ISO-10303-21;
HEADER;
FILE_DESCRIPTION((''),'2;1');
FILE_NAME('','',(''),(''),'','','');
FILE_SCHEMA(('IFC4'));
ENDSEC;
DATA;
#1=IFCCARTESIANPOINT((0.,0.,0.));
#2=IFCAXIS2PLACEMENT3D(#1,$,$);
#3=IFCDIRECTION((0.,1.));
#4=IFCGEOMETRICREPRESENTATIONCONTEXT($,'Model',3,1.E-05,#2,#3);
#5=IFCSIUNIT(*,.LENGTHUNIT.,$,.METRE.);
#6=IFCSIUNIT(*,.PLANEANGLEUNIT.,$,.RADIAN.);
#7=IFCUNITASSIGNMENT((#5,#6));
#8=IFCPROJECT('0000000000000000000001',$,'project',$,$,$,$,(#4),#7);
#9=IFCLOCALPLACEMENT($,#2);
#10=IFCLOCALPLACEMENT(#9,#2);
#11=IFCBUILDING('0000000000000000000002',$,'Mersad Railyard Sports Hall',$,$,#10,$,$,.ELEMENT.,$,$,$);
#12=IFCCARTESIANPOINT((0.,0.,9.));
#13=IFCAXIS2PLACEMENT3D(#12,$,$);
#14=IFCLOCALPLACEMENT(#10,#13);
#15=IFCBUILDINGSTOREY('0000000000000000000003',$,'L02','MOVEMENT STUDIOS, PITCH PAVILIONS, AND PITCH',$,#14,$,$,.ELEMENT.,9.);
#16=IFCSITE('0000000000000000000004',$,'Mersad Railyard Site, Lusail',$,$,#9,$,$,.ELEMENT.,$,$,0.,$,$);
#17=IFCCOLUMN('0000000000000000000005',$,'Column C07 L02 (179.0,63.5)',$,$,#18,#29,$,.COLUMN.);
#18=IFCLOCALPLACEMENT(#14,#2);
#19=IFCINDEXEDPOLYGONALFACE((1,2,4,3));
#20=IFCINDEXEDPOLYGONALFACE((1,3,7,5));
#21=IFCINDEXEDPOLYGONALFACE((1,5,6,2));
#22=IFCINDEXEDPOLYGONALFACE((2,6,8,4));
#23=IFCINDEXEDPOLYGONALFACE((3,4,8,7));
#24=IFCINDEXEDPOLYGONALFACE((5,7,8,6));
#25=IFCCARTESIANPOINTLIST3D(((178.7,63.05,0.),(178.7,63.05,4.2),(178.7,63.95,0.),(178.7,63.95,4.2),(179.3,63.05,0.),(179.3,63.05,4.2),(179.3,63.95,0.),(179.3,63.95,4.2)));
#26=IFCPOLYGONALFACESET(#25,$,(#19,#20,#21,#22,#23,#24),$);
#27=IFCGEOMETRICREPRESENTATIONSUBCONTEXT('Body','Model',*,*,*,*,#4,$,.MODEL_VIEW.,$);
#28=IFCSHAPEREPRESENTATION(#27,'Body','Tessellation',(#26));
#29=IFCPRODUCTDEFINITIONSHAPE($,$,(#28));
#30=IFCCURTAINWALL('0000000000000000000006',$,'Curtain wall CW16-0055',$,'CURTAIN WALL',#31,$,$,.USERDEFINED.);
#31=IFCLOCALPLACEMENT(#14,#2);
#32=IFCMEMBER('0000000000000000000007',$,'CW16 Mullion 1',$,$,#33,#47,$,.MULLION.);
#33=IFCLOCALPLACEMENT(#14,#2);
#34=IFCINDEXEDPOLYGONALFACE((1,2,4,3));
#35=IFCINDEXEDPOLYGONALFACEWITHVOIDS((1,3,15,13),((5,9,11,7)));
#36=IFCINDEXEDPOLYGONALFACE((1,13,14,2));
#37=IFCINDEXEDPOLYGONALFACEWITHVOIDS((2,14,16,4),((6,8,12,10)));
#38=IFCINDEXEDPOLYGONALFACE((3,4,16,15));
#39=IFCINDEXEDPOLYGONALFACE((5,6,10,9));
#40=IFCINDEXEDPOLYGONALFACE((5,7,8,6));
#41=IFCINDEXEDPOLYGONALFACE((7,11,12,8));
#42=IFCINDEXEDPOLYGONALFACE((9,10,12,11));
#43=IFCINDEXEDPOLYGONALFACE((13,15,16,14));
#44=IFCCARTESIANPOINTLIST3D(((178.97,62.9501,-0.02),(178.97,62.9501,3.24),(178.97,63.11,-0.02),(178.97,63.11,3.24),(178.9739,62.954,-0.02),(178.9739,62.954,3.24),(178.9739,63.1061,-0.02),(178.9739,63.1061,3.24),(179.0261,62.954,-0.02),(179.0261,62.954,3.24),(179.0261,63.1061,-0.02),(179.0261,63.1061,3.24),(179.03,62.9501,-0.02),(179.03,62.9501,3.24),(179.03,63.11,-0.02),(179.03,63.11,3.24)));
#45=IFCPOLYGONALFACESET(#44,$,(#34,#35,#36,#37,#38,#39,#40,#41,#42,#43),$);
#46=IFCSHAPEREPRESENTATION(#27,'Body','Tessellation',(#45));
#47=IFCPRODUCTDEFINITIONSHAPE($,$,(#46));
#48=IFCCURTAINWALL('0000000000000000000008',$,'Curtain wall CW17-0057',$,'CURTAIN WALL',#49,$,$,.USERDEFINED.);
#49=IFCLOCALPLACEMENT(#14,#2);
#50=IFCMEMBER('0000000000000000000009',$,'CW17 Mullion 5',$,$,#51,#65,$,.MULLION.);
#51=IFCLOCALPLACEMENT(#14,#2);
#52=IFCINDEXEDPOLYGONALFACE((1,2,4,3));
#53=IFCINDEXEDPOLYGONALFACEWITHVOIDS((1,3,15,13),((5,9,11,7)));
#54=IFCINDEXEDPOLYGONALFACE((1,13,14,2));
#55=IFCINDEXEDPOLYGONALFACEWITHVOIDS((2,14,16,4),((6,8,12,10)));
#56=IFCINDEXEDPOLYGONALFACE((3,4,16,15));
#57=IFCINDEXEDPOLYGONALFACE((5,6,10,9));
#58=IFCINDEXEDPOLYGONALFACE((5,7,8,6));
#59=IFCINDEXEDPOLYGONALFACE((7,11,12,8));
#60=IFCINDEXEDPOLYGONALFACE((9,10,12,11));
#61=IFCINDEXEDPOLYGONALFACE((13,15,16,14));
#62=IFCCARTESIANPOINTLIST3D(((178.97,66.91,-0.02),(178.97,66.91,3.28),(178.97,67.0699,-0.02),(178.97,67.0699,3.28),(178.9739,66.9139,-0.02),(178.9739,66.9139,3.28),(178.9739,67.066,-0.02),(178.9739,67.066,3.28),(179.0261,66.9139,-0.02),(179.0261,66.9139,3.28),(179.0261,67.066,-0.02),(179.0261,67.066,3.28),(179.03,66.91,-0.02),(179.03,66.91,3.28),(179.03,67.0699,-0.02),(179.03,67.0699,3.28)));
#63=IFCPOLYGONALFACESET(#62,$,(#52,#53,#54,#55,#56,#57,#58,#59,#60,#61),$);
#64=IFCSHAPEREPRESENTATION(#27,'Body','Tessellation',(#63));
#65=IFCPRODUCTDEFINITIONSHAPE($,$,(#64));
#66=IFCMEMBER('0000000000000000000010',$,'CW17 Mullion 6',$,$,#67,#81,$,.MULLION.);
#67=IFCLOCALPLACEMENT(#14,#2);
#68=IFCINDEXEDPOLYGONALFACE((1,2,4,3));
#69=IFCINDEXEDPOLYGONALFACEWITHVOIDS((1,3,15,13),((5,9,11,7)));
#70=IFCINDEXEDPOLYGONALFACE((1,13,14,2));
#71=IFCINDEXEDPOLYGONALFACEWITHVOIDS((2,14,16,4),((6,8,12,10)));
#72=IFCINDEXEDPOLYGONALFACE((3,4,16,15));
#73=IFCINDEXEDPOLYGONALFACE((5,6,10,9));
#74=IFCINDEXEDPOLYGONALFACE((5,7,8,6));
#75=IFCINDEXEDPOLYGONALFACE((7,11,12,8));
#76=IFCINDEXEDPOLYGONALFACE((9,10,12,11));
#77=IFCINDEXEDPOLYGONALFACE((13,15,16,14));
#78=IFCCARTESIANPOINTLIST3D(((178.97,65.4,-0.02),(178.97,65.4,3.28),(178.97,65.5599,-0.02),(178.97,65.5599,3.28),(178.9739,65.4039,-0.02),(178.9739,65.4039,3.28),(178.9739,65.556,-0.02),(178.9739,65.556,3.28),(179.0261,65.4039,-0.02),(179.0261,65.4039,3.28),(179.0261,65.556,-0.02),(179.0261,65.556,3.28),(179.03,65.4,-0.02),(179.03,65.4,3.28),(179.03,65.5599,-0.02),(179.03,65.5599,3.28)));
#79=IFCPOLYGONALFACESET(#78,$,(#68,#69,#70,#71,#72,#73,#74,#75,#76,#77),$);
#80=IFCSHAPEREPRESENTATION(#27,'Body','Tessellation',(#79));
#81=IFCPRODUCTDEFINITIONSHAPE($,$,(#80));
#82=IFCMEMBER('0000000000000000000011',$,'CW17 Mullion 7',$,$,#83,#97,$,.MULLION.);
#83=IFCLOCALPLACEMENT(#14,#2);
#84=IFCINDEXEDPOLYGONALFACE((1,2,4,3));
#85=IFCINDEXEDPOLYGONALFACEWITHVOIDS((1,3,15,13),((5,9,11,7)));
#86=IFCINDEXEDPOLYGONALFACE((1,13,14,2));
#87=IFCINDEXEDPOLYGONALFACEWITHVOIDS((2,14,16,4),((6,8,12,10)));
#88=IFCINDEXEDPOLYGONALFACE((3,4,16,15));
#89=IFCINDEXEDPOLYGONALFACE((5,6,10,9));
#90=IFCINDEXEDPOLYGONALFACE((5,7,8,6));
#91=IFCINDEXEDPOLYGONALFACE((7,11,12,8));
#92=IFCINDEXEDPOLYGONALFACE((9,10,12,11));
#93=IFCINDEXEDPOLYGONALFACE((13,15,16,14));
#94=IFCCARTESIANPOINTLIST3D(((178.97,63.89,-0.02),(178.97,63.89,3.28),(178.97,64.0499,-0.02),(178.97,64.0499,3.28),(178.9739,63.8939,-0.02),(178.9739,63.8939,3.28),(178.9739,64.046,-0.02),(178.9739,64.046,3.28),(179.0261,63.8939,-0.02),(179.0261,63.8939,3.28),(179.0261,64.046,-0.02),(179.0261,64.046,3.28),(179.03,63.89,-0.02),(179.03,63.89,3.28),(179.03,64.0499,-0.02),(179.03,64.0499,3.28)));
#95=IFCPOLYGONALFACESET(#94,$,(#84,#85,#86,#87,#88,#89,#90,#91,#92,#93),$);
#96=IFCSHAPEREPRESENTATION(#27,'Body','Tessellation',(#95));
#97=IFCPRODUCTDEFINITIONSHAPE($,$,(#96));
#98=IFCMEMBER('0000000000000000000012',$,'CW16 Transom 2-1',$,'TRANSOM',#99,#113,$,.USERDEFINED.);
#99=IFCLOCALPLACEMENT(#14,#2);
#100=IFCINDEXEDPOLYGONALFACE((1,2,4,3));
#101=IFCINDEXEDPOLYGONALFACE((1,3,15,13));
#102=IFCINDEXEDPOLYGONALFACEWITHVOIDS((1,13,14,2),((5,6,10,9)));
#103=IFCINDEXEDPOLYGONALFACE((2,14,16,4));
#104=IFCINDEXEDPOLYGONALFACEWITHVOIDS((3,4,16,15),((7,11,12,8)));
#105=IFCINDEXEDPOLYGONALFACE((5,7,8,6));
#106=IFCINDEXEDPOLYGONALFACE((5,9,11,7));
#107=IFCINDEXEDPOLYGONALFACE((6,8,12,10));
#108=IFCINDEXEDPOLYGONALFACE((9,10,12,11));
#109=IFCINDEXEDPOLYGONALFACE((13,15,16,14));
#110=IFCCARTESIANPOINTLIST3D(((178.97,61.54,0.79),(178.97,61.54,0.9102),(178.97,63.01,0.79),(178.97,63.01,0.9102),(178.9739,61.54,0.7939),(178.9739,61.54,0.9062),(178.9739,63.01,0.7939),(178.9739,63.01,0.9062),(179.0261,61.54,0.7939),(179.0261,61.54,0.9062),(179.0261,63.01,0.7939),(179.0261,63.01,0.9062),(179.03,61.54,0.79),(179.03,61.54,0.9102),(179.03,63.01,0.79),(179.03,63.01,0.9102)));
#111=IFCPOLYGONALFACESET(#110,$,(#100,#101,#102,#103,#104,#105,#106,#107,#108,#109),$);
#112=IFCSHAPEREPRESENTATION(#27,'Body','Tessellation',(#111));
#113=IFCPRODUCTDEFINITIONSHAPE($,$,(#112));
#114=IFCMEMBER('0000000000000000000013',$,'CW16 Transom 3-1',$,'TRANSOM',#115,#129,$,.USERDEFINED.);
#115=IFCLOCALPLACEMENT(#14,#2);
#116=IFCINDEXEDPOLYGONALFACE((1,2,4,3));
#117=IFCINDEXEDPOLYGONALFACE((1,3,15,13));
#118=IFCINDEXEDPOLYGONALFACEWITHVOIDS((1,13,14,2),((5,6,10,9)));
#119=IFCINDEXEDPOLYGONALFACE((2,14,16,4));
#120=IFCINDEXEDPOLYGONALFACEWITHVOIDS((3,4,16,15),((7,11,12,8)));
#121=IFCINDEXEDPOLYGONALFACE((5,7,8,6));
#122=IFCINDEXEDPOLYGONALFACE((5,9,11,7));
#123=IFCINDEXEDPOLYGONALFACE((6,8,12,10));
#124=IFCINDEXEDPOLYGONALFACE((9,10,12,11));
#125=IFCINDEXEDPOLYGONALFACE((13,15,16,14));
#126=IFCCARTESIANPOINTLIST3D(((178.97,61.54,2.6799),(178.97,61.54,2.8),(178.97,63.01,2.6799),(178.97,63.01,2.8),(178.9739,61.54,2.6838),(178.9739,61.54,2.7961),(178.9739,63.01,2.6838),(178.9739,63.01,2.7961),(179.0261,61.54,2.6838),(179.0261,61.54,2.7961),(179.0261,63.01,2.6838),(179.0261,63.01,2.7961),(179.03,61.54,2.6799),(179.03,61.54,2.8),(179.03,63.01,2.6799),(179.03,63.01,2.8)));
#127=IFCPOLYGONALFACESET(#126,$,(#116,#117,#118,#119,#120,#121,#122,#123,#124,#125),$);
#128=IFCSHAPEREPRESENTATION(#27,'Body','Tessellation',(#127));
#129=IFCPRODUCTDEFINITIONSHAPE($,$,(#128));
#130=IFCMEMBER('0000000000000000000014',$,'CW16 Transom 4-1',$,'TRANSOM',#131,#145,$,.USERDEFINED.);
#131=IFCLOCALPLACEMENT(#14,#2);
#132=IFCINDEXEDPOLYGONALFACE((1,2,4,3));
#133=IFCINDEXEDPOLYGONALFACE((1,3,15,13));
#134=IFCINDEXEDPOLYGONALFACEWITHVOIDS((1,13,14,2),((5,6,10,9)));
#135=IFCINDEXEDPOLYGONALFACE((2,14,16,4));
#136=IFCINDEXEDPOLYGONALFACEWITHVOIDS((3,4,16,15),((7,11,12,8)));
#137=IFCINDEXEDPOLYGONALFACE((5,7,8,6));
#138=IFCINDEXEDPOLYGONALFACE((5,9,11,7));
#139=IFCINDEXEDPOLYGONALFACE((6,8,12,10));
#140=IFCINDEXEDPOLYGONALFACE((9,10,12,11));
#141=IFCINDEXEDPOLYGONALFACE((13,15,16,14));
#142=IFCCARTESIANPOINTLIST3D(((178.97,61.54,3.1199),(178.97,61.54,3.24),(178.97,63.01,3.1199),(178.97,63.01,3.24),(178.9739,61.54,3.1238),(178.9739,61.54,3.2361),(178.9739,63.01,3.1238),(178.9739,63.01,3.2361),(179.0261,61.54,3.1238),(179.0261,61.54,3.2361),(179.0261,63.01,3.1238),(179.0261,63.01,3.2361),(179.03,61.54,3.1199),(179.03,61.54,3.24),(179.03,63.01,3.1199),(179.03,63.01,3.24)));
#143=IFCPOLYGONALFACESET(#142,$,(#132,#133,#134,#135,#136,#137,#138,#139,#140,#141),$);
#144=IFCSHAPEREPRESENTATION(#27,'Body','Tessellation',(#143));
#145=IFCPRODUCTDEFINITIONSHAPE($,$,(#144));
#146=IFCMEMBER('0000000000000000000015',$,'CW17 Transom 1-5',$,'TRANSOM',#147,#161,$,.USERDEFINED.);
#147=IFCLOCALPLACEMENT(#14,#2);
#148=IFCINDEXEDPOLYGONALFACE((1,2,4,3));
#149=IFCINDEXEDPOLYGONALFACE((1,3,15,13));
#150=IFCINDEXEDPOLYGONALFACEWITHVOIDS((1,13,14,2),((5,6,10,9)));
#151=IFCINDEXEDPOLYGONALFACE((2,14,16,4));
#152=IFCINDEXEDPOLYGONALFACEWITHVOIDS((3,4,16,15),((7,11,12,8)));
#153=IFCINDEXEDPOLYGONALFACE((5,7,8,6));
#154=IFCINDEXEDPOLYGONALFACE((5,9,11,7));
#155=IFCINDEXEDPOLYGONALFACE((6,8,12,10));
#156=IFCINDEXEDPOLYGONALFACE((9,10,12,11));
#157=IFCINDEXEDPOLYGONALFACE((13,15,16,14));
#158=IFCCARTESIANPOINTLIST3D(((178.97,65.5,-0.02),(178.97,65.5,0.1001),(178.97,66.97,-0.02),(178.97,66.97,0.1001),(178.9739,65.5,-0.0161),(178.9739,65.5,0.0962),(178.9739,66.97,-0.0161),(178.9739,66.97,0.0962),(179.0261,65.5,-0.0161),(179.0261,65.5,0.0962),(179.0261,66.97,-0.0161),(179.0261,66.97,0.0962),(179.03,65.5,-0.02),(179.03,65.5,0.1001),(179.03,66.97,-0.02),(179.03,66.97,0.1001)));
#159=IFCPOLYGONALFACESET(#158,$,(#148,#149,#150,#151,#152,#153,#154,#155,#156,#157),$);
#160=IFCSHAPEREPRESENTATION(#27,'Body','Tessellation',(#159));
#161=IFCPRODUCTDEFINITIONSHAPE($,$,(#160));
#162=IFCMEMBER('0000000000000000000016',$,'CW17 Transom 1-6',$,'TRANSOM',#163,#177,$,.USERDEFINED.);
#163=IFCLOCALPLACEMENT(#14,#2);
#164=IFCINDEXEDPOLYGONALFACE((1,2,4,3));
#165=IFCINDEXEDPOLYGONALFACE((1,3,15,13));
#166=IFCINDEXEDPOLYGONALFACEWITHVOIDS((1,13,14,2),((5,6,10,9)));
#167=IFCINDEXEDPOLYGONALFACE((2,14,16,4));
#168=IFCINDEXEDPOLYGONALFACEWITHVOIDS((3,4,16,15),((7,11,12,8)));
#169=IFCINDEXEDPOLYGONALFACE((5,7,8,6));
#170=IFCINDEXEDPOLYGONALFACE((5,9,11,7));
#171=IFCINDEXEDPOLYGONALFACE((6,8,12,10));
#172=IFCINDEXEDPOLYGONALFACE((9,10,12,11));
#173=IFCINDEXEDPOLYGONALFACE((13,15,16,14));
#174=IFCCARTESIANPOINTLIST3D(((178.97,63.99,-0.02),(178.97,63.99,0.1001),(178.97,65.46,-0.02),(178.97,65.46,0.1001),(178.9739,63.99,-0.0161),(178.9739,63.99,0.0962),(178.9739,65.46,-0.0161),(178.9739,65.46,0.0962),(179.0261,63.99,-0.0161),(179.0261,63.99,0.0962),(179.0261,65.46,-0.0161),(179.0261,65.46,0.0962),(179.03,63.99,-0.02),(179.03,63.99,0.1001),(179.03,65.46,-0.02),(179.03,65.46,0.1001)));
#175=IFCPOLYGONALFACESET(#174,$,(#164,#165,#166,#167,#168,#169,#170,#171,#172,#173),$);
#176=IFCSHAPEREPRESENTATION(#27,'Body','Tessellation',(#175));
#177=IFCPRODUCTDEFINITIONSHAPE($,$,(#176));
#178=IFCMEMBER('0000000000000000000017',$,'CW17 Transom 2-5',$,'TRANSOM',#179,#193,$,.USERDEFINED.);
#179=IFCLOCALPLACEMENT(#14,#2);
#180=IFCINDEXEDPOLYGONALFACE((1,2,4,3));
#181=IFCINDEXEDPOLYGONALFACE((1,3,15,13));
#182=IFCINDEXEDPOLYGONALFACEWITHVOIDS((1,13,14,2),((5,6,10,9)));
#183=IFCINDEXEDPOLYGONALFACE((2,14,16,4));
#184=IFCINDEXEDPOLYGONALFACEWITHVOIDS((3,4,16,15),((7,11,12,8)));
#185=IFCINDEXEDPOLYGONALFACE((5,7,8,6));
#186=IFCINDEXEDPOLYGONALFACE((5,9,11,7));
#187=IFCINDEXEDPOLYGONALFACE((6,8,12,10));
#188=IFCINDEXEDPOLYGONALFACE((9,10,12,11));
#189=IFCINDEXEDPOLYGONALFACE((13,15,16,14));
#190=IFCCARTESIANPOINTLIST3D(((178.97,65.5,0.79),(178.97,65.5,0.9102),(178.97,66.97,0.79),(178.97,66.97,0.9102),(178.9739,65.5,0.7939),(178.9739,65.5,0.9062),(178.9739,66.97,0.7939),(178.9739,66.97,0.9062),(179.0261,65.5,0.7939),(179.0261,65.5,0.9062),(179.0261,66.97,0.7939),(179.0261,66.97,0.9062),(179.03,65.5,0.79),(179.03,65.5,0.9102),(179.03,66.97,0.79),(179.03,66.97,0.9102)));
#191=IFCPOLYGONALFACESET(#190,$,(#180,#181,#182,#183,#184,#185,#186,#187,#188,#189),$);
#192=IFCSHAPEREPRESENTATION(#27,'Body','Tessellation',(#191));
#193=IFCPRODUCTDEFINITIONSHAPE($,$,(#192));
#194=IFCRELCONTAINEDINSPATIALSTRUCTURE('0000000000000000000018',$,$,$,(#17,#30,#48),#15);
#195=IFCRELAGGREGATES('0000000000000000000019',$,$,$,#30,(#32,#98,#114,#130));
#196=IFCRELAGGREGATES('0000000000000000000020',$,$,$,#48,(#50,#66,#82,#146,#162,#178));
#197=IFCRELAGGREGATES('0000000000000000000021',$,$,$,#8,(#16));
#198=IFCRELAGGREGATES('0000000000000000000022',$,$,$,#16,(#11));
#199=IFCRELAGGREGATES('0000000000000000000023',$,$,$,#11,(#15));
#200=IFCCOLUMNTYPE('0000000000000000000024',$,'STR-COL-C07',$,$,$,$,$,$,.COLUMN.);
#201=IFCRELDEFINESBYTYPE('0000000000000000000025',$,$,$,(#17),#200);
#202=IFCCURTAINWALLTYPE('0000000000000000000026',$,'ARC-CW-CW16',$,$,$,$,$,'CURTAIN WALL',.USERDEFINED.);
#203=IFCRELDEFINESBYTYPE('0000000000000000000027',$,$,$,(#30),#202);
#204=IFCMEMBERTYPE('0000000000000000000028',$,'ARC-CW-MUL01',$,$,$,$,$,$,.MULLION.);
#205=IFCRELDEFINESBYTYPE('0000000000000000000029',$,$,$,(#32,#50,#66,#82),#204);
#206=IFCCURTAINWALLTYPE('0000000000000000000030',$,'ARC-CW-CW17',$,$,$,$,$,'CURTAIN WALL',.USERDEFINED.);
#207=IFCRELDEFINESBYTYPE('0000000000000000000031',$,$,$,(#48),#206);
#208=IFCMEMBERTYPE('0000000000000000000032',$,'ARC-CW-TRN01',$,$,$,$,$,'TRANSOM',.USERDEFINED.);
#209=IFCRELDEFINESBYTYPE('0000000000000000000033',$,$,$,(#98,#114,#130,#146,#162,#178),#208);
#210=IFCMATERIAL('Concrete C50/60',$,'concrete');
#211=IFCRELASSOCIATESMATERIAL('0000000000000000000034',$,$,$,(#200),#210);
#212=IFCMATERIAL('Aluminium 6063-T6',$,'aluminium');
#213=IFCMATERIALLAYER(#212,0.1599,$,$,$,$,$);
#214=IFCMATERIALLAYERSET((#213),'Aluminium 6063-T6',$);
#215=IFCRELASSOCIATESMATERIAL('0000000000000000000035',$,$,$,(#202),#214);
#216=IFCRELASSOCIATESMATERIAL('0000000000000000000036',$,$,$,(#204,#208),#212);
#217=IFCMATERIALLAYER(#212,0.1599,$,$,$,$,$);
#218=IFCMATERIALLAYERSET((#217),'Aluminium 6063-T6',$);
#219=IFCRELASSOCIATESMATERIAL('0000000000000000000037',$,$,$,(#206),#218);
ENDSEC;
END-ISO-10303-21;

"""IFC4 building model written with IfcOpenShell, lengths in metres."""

from ifc_helpers import new_model, si_unit, direction, frame, origin, origin_2d, place, context, subcontext, project, spatial, rectangle, hollow_rectangle, extrude, material, layer, layer_set, material_profile, profile_set, type_object, element, aggregate, save


model = new_model("IFC4")

# Units and contexts
model_context = context("Model", 3, precision=1e-05, world=origin(), true_north=direction((0.0, 1.0)))
body_context = subcontext(model_context, "Body", "Model", "MODEL_VIEW")
ifc_project = project(units=[si_unit("LENGTHUNIT", "METRE"), si_unit("PLANEANGLEUNIT", "RADIAN")], contexts=[model_context])

# Site, building, storey
site_placement = place(None, origin())
site = spatial("IfcSite", under=ifc_project, at=site_placement, Name="Mersad Railyard Site, Lusail", CompositionType="ELEMENT", RefElevation=0.0)
building_placement = place(site_placement, origin())
building = spatial("IfcBuilding", under=site, at=building_placement, Name="Mersad Railyard Sports Hall", CompositionType="ELEMENT")
storey_placement = place(building_placement, frame((0.0, 0.0, 9.0)))
storey = spatial("IfcBuildingStorey", under=building, at=storey_placement, Name="L02", Description="MOVEMENT STUDIOS, PITCH PAVILIONS, AND PITCH", CompositionType="ELEMENT", Elevation=9.0)

# Column
ifc_material_1 = material(Name="Concrete C50/60", Category="concrete")
ifc_material_profile_1 = material_profile(ifc_material_1, rectangle(XDim=0.6001, YDim=0.8999, at=origin_2d()), Name="RC 600x900")
ifc_profile_set_1 = profile_set([ifc_material_profile_1], Name="Concrete C50/60")
column_type = type_object("IfcColumnType", Name="STR-COL-C07", PredefinedType="COLUMN", material=ifc_profile_set_1)
column_placement = place(storey_placement, frame((179.0, 63.5, 0.0), z_axis=(0.0, 0.0, 1.0), x_axis=(1.0, 0.0, 0.0)))
element("IfcColumn", 1, at=column_placement, inside=storey, type_object=column_type, Name="Column C07 L02 (179.0,63.5)", PredefinedType="COLUMN", context=body_context, shape_type="SweptSolid", body=[
    extrude(rectangle(XDim=0.6001, YDim=0.8999, at=origin_2d()), origin(), (0.0, 0.0, 1.0), 4.2),
])

# Curtain wall, member
ifc_material_2 = material(Name="Aluminium 6063-T6", Category="aluminium")
ifc_layer_1 = layer(ifc_material_2, 0.1599)
ifc_layer_set_1 = layer_set([ifc_layer_1], Name="Aluminium 6063-T6")
curtain_wall_type_1 = type_object("IfcCurtainWallType", Name="ARC-CW-CW16", ElementType="CURTAIN WALL", PredefinedType="USERDEFINED", material=ifc_layer_set_1)
curtain_wall_1_placement = place(storey_placement, origin())
curtain_wall_1 = element("IfcCurtainWall", 2, at=curtain_wall_1_placement, inside=storey, type_object=curtain_wall_type_1, Name="Curtain wall CW16-0055", ObjectType="CURTAIN WALL", PredefinedType="USERDEFINED")
ifc_material_profile_2 = material_profile(ifc_material_2, hollow_rectangle(XDim=0.0601, YDim=0.1599, WallThickness=0.0039, at=origin_2d()), Name="AL MULLION 60x160x4")
ifc_profile_set_2 = profile_set([ifc_material_profile_2], Name="Aluminium 6063-T6")
member_type_1 = type_object("IfcMemberType", Name="ARC-CW-MUL01", PredefinedType="MULLION", material=ifc_profile_set_2)
member_1_placement = place(storey_placement, frame((179.0, 63.03, -0.02), z_axis=(0.0, 0.0, 1.0), x_axis=(1.0, 0.0, 0.0)))
member_1 = element("IfcMember", 3, at=member_1_placement, type_object=member_type_1, Name="CW16 Mullion 1", PredefinedType="MULLION", context=body_context, shape_type="SweptSolid", body=[
    extrude(hollow_rectangle(XDim=0.0601, YDim=0.1599, WallThickness=0.0039, at=origin_2d()), origin(), (0.0, 0.0, 1.0), 3.26),
])

# Curtain wall, members
ifc_layer_2 = layer(ifc_material_2, 0.1599)
ifc_layer_set_2 = layer_set([ifc_layer_2], Name="Aluminium 6063-T6")
curtain_wall_type_2 = type_object("IfcCurtainWallType", Name="ARC-CW-CW17", ElementType="CURTAIN WALL", PredefinedType="USERDEFINED", material=ifc_layer_set_2)
curtain_wall_2_placement = place(storey_placement, origin())
curtain_wall_2 = element("IfcCurtainWall", 4, at=curtain_wall_2_placement, inside=storey, type_object=curtain_wall_type_2, Name="Curtain wall CW17-0057", ObjectType="CURTAIN WALL", PredefinedType="USERDEFINED")
member_2_placement = place(storey_placement, frame((179.0, 66.99, -0.02), z_axis=(0.0, 0.0, 1.0), x_axis=(1.0, 0.0, 0.0)))
member_2 = element("IfcMember", 5, at=member_2_placement, type_object=member_type_1, Name="CW17 Mullion 5", PredefinedType="MULLION", context=body_context, shape_type="SweptSolid", body=[
    extrude(hollow_rectangle(XDim=0.0601, YDim=0.1599, WallThickness=0.0039, at=origin_2d()), origin(), (0.0, 0.0, 1.0), 3.3),
])
member_3_placement = place(storey_placement, frame((179.0, 65.48, -0.02), z_axis=(0.0, 0.0, 1.0), x_axis=(1.0, 0.0, 0.0)))
member_3 = element("IfcMember", 6, at=member_3_placement, type_object=member_type_1, Name="CW17 Mullion 6", PredefinedType="MULLION", context=body_context, shape_type="SweptSolid", body=[
    extrude(hollow_rectangle(XDim=0.0601, YDim=0.1599, WallThickness=0.0039, at=origin_2d()), origin(), (0.0, 0.0, 1.0), 3.3),
])
member_4_placement = place(storey_placement, frame((179.0, 63.97, -0.02), z_axis=(0.0, 0.0, 1.0), x_axis=(1.0, 0.0, 0.0)))
member_4 = element("IfcMember", 7, at=member_4_placement, type_object=member_type_1, Name="CW17 Mullion 7", PredefinedType="MULLION", context=body_context, shape_type="SweptSolid", body=[
    extrude(hollow_rectangle(XDim=0.0601, YDim=0.1599, WallThickness=0.0039, at=origin_2d()), origin(), (0.0, 0.0, 1.0), 3.3),
])

# Members
ifc_material_profile_3 = material_profile(ifc_material_2, hollow_rectangle(XDim=0.0601, YDim=0.1201, WallThickness=0.0039, at=origin_2d()), Name="AL TRANSOM 60x120x4")
ifc_profile_set_3 = profile_set([ifc_material_profile_3], Name="Aluminium 6063-T6")
member_type_2 = type_object("IfcMemberType", Name="ARC-CW-TRN01", ElementType="TRANSOM", PredefinedType="USERDEFINED", material=ifc_profile_set_3)
member_5_placement = place(storey_placement, frame((179.0, 63.01, 0.8501), z_axis=(0.0, -1.0, 0.0), x_axis=(1.0, 0.0, 0.0)))
member_5 = element("IfcMember", 8, at=member_5_placement, type_object=member_type_2, Name="CW16 Transom 2-1", ObjectType="TRANSOM", PredefinedType="USERDEFINED", context=body_context, shape_type="SweptSolid", body=[
    extrude(hollow_rectangle(XDim=0.0601, YDim=0.1201, WallThickness=0.0039, at=origin_2d()), origin(), (0.0, 0.0, 1.0), 1.47),
])
member_6_placement = place(storey_placement, frame((179.0, 63.01, 2.74), z_axis=(0.0, -1.0, 0.0), x_axis=(1.0, 0.0, 0.0)))
member_6 = element("IfcMember", 9, at=member_6_placement, type_object=member_type_2, Name="CW16 Transom 3-1", ObjectType="TRANSOM", PredefinedType="USERDEFINED", context=body_context, shape_type="SweptSolid", body=[
    extrude(hollow_rectangle(XDim=0.0601, YDim=0.1201, WallThickness=0.0039, at=origin_2d()), origin(), (0.0, 0.0, 1.0), 1.47),
])
member_7_placement = place(storey_placement, frame((179.0, 63.01, 3.1799), z_axis=(0.0, -1.0, 0.0), x_axis=(1.0, 0.0, 0.0)))
member_7 = element("IfcMember", 10, at=member_7_placement, type_object=member_type_2, Name="CW16 Transom 4-1", ObjectType="TRANSOM", PredefinedType="USERDEFINED", context=body_context, shape_type="SweptSolid", body=[
    extrude(hollow_rectangle(XDim=0.0601, YDim=0.1201, WallThickness=0.0039, at=origin_2d()), origin(), (0.0, 0.0, 1.0), 1.47),
])
aggregate(curtain_wall_1, [member_1, member_5, member_6, member_7])
member_8_placement = place(storey_placement, frame((179.0, 66.97, 0.04), z_axis=(0.0, -1.0, 0.0), x_axis=(1.0, 0.0, 0.0)))
member_8 = element("IfcMember", 11, at=member_8_placement, type_object=member_type_2, Name="CW17 Transom 1-5", ObjectType="TRANSOM", PredefinedType="USERDEFINED", context=body_context, shape_type="SweptSolid", body=[
    extrude(hollow_rectangle(XDim=0.0601, YDim=0.1201, WallThickness=0.0039, at=origin_2d()), origin(), (0.0, 0.0, 1.0), 1.47),
])
member_9_placement = place(storey_placement, frame((179.0, 65.46, 0.04), z_axis=(0.0, -1.0, 0.0), x_axis=(1.0, 0.0, 0.0)))
member_9 = element("IfcMember", 12, at=member_9_placement, type_object=member_type_2, Name="CW17 Transom 1-6", ObjectType="TRANSOM", PredefinedType="USERDEFINED", context=body_context, shape_type="SweptSolid", body=[
    extrude(hollow_rectangle(XDim=0.0601, YDim=0.1201, WallThickness=0.0039, at=origin_2d()), origin(), (0.0, 0.0, 1.0), 1.47),
])
member_10_placement = place(storey_placement, frame((179.0, 66.97, 0.8501), z_axis=(0.0, -1.0, 0.0), x_axis=(1.0, 0.0, 0.0)))
member_10 = element("IfcMember", 13, at=member_10_placement, type_object=member_type_2, Name="CW17 Transom 2-5", ObjectType="TRANSOM", PredefinedType="USERDEFINED", context=body_context, shape_type="SweptSolid", body=[
    extrude(hollow_rectangle(XDim=0.0601, YDim=0.1201, WallThickness=0.0039, at=origin_2d()), origin(), (0.0, 0.0, 1.0), 1.47),
])

aggregate(curtain_wall_2, [member_2, member_3, member_4, member_8, member_9, member_10])

save(model, "model.ifc")
